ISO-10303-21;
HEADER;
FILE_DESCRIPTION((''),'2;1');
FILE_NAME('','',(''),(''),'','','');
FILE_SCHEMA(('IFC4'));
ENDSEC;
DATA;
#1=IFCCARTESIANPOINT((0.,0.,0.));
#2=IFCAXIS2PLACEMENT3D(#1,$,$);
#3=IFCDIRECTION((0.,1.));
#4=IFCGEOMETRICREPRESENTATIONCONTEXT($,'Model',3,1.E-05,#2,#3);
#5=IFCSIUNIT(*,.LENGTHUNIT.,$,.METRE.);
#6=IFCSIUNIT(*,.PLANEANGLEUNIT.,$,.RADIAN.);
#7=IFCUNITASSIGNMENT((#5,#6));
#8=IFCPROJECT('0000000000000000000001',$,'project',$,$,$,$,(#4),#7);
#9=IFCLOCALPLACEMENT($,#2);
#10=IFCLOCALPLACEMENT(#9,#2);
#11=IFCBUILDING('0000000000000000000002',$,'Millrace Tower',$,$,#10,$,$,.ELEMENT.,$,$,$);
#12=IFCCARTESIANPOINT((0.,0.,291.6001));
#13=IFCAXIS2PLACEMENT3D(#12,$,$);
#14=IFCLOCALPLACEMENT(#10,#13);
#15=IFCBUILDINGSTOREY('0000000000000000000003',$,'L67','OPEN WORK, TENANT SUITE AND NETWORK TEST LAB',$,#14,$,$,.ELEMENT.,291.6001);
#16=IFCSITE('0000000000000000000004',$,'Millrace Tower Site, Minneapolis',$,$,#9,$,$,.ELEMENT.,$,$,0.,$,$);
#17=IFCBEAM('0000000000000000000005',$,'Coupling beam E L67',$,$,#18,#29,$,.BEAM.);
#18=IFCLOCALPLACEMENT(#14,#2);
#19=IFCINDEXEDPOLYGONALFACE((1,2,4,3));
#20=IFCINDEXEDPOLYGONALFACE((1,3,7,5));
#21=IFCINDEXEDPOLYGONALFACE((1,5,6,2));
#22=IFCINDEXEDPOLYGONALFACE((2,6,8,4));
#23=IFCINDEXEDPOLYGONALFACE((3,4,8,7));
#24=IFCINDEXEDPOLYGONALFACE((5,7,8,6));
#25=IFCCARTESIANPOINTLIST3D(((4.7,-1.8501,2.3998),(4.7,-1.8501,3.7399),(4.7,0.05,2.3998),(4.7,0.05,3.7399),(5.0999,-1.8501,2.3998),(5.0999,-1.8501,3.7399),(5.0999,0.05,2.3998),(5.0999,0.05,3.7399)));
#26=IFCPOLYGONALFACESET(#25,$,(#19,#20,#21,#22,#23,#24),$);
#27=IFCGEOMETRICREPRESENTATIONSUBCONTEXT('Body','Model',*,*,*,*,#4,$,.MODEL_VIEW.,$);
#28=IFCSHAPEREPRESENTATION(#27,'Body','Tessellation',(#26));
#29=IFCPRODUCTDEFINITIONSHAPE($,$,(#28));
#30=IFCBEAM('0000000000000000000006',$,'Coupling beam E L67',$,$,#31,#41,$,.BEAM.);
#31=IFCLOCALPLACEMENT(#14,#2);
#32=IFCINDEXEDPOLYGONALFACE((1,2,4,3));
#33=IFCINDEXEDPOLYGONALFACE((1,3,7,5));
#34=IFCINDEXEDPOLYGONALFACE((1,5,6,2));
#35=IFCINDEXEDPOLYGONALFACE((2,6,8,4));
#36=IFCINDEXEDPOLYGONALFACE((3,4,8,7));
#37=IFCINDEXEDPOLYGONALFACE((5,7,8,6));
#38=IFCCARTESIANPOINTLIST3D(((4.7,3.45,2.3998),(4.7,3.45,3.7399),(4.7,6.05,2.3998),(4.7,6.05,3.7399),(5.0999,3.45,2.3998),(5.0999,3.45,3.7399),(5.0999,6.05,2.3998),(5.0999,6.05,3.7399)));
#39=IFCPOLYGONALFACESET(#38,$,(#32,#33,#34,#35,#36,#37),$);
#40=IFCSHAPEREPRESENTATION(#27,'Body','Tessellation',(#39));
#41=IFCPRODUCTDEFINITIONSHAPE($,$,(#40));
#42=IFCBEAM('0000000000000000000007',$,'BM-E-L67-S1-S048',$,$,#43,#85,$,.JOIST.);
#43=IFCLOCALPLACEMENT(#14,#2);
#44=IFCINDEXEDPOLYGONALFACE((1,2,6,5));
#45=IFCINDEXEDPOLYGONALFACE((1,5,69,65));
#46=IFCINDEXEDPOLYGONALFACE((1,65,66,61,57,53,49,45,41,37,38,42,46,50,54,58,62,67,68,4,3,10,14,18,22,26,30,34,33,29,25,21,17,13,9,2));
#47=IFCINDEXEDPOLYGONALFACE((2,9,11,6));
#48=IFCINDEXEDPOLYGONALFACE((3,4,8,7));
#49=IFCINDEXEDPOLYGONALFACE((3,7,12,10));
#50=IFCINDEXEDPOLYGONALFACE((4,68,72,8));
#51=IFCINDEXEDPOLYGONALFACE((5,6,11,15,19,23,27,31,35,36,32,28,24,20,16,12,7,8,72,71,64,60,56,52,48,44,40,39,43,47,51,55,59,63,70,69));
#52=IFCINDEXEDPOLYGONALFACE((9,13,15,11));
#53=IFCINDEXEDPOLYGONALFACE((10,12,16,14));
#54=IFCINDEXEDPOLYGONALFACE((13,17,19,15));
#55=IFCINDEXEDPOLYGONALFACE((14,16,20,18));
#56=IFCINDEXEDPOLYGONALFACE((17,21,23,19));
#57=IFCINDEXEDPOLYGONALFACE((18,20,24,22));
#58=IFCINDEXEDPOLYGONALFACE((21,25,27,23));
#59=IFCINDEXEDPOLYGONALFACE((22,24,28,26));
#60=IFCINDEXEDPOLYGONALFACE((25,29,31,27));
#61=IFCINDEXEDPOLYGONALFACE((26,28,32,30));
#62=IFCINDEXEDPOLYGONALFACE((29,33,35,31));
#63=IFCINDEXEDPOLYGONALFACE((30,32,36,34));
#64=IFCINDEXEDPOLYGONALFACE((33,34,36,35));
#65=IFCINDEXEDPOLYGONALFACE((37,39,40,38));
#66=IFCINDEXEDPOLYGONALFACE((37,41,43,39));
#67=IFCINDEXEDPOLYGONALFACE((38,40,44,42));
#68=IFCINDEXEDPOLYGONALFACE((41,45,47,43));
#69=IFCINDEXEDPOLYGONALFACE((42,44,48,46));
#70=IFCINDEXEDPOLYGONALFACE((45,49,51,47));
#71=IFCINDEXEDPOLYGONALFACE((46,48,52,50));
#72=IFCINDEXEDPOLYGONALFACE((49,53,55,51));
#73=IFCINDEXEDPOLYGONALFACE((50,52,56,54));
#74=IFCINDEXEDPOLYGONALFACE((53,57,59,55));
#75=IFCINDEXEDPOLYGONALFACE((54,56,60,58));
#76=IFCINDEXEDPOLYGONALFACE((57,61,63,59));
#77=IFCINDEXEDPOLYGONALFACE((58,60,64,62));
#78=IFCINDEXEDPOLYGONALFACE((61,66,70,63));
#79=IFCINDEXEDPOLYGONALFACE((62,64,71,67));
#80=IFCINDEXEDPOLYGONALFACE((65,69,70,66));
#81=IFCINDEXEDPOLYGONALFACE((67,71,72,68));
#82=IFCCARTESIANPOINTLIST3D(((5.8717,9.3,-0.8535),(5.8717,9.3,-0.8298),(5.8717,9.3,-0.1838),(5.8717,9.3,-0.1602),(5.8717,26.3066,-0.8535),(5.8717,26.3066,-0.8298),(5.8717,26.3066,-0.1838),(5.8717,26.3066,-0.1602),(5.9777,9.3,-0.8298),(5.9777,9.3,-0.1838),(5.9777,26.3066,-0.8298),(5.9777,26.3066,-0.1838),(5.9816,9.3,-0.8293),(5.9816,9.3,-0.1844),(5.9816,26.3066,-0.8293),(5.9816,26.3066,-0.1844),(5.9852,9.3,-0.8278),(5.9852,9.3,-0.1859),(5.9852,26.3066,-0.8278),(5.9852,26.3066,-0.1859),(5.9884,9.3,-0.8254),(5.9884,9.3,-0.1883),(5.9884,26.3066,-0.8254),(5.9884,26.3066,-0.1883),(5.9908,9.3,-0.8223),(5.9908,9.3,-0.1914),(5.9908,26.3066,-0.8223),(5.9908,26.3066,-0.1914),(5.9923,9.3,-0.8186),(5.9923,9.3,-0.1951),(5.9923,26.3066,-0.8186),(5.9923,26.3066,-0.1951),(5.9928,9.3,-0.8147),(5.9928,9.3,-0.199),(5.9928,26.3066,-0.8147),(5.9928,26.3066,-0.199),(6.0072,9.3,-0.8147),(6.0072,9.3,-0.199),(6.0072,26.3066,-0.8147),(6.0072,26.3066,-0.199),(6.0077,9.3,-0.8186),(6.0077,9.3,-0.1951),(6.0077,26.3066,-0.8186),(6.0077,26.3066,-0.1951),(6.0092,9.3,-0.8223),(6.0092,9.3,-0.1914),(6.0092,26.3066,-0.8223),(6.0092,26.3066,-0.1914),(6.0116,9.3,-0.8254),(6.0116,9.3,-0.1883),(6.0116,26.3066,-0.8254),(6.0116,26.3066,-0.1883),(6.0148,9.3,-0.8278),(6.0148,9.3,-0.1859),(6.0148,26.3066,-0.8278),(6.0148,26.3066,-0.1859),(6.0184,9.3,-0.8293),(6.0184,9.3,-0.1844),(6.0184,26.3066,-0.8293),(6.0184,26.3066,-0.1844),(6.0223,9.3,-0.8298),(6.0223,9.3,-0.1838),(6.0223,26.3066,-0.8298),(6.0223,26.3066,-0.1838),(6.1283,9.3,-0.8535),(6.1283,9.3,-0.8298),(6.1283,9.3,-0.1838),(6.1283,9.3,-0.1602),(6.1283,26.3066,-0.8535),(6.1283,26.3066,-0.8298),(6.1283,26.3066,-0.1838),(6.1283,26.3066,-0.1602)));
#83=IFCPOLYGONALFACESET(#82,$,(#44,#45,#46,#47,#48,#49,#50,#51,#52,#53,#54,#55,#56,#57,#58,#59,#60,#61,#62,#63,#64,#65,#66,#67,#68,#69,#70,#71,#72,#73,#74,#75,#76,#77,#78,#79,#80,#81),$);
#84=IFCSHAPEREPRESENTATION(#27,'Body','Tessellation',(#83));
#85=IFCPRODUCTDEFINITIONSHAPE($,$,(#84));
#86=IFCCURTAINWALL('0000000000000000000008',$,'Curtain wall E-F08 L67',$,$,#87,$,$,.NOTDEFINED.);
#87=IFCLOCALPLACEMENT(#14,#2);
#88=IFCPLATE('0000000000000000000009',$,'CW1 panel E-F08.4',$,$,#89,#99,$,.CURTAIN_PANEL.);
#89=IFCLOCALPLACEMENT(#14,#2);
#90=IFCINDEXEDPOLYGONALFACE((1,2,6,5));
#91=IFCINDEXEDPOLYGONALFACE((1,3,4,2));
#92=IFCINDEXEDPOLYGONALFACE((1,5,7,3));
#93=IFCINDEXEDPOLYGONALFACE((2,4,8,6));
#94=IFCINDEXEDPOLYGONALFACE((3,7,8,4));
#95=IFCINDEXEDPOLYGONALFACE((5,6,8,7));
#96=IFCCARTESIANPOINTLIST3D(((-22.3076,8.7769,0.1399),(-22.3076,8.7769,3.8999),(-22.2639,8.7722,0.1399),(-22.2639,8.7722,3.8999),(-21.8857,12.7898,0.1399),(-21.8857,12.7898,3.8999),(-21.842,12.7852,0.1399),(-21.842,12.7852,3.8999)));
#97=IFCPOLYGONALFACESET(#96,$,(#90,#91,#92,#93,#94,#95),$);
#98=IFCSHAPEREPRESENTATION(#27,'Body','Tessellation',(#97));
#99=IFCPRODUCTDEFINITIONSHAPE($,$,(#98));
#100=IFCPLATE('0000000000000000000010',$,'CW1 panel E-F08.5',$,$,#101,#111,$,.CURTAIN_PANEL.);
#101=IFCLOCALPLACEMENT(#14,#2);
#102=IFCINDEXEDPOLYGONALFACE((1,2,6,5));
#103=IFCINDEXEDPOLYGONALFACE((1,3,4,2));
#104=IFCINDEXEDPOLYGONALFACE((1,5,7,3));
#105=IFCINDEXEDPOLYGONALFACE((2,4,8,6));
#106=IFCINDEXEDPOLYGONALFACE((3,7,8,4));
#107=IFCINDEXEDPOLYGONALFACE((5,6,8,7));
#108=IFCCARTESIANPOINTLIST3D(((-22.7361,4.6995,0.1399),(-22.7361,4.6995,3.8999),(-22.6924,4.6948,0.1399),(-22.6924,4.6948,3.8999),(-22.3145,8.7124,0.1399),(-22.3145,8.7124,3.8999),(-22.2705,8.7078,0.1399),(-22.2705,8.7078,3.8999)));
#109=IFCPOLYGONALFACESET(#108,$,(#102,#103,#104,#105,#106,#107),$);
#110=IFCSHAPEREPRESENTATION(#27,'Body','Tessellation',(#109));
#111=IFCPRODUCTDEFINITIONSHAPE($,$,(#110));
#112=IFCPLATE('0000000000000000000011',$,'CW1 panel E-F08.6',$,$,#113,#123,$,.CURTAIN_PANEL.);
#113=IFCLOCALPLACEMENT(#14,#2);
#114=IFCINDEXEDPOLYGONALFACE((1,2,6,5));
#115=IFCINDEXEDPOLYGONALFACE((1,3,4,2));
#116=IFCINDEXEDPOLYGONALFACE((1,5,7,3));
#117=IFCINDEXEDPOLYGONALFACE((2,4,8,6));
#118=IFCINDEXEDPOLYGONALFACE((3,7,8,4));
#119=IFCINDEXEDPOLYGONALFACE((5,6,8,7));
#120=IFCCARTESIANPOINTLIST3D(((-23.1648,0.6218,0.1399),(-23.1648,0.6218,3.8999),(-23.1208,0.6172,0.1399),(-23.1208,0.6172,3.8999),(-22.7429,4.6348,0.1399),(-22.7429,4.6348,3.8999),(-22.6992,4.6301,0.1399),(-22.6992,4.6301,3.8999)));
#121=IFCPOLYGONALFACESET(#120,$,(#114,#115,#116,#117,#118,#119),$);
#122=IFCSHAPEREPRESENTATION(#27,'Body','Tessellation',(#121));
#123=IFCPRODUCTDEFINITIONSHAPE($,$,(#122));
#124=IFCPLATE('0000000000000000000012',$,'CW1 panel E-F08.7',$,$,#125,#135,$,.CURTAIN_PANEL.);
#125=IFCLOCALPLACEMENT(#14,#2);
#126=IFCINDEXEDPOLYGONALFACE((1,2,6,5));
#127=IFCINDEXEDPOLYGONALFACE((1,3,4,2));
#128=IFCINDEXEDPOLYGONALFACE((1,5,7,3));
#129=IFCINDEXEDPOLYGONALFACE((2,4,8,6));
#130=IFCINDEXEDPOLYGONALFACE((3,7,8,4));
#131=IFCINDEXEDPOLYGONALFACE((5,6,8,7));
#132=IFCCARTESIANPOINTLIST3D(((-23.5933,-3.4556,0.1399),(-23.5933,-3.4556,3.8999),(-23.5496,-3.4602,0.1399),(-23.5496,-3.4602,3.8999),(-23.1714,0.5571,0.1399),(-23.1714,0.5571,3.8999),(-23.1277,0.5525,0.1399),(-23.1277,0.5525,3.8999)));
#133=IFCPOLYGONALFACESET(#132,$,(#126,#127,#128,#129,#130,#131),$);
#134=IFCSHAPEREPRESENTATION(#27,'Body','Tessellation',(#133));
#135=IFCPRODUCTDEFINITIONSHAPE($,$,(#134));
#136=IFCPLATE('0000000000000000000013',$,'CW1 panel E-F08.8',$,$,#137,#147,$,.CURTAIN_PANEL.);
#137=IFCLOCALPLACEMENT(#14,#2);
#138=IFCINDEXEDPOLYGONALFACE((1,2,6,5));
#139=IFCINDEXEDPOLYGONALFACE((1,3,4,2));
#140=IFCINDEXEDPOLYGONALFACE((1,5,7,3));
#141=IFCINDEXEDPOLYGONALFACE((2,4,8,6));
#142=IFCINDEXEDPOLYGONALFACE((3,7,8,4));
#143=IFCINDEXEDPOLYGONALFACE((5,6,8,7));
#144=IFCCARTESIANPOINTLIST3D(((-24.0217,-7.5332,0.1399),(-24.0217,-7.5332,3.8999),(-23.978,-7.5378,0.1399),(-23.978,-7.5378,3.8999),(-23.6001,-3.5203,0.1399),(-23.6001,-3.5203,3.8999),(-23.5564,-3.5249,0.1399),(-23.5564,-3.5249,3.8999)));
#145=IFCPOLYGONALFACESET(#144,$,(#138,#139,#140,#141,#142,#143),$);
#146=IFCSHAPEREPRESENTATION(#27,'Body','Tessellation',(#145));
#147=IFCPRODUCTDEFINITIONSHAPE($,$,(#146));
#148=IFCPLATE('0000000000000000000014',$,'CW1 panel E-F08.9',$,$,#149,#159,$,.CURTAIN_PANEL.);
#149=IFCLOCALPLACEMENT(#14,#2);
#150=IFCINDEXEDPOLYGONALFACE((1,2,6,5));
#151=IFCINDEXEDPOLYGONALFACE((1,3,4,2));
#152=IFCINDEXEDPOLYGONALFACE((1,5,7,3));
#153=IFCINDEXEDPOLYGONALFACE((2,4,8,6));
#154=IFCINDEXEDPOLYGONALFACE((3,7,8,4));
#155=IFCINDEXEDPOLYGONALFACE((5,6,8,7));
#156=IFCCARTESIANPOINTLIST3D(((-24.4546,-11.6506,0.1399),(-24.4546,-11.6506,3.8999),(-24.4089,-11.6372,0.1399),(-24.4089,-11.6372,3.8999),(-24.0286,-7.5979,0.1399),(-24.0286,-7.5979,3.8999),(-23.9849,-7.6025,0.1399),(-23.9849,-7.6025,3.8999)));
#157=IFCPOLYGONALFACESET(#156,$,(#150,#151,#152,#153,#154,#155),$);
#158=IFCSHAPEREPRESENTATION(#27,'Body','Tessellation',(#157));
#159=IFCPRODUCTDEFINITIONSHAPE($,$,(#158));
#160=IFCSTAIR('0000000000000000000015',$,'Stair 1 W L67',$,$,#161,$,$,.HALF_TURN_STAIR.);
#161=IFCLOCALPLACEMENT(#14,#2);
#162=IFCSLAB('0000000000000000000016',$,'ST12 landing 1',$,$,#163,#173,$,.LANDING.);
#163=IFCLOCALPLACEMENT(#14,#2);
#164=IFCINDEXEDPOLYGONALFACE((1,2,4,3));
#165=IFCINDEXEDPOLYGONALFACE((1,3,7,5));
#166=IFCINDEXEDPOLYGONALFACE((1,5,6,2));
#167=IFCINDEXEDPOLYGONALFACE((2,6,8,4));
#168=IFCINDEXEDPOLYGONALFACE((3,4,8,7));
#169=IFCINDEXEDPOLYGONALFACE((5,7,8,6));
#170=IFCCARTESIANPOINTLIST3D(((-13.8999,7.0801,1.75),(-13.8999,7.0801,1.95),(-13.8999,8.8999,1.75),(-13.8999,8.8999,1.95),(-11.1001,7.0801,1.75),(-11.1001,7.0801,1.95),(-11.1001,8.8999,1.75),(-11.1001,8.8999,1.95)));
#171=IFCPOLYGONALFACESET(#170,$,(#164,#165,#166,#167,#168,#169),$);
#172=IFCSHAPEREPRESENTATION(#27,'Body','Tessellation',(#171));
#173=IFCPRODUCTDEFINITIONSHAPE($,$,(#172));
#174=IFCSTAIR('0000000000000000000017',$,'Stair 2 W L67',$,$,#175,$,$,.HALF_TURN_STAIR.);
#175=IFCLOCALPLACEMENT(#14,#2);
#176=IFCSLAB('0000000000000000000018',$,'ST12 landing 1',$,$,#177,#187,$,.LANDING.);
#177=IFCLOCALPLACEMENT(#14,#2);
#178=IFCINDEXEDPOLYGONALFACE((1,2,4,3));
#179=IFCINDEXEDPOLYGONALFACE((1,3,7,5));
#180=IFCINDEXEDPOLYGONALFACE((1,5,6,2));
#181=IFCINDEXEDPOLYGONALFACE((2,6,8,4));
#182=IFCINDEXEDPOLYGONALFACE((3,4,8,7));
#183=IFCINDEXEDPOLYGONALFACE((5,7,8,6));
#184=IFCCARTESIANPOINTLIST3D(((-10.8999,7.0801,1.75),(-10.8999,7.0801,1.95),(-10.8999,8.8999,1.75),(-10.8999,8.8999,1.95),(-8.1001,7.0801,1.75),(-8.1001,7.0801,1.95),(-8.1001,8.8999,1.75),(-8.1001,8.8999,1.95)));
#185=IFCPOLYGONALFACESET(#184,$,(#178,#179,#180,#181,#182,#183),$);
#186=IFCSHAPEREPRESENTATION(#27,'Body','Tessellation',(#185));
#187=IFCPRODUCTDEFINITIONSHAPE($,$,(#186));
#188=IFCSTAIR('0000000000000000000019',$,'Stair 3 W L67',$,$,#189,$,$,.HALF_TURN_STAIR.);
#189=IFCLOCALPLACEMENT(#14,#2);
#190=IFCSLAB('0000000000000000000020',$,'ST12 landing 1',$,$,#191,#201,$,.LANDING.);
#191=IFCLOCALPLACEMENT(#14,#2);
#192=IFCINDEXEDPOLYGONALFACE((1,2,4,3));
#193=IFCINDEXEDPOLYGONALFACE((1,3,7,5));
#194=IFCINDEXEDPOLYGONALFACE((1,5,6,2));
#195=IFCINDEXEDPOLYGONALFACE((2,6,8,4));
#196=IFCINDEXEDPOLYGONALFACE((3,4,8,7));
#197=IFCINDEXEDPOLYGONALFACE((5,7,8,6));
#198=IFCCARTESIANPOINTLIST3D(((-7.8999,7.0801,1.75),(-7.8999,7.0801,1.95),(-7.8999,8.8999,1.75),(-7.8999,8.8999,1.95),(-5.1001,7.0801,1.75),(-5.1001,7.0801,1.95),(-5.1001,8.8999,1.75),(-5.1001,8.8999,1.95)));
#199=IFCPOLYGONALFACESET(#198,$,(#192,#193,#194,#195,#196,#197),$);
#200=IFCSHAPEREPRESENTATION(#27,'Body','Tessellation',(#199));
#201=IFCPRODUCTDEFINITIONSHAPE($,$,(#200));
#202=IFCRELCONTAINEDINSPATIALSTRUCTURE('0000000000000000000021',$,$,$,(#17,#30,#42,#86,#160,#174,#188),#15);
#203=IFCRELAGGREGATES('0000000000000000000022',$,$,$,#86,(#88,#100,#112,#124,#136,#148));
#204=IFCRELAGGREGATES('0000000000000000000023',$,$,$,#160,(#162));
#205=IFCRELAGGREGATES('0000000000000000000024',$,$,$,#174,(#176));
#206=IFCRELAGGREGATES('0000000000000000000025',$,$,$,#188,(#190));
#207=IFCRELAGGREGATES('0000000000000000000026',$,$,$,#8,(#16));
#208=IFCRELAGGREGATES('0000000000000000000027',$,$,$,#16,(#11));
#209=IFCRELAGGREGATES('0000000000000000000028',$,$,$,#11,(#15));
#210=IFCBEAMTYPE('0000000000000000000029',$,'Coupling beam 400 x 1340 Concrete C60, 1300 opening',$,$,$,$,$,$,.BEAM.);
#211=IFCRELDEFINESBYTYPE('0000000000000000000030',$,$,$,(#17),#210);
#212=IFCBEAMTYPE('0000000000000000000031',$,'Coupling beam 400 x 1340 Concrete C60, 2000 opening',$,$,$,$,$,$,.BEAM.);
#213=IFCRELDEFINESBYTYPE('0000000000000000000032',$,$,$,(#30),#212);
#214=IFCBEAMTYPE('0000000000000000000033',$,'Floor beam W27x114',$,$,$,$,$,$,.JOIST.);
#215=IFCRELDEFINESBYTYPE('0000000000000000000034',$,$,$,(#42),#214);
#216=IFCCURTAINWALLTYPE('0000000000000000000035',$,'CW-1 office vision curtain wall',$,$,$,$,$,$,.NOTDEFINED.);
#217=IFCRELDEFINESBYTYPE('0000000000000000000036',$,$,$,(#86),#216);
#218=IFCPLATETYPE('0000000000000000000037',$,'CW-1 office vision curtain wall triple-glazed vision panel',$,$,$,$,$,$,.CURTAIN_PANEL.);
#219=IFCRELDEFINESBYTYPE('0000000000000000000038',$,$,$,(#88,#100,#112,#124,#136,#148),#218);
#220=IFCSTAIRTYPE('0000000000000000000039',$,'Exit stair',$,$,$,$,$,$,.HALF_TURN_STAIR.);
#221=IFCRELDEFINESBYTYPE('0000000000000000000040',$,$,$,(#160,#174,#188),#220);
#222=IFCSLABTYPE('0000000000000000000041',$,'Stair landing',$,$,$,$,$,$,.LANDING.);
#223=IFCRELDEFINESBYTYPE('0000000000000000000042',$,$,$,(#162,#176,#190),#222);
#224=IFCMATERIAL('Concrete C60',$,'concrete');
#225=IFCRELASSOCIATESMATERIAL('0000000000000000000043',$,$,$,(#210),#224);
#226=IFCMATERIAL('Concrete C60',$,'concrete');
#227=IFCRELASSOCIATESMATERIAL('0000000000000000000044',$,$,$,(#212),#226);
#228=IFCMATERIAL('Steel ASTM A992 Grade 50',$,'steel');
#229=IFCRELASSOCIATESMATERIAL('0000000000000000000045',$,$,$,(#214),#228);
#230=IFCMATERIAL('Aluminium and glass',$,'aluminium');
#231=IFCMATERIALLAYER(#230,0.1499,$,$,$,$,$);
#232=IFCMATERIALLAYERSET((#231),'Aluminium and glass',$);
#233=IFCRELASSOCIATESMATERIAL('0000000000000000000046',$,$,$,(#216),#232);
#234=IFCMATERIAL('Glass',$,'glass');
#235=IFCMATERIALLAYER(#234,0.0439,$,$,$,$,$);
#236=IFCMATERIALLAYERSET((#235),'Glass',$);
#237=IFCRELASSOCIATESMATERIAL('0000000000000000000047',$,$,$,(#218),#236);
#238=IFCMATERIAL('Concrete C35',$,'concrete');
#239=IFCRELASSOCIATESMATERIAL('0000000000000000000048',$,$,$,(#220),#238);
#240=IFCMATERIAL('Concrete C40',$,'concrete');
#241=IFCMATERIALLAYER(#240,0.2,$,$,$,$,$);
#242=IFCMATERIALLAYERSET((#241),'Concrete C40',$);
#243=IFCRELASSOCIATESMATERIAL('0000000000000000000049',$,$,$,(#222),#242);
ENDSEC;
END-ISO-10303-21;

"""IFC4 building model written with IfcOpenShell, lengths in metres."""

from ifc_helpers import new_model, si_unit, direction, frame, origin, origin_2d, place, context, subcontext, project, spatial, polyline, rectangle, i_section, outline, extrude, material, layer, layer_set, material_profile, profile_set, type_object, element, aggregate, save


model = new_model("IFC4")

# Units and contexts
model_context = context("Model", 3, precision=1e-05, world=origin(), true_north=direction((0.0, 1.0)))
body_context = subcontext(model_context, "Body", "Model", "MODEL_VIEW")
ifc_project = project(units=[si_unit("LENGTHUNIT", "METRE"), si_unit("PLANEANGLEUNIT", "RADIAN")], contexts=[model_context])

# Site, building, storey
site_placement = place(None, origin())
site = spatial("IfcSite", under=ifc_project, at=site_placement, Name="Millrace Tower Site, Minneapolis", CompositionType="ELEMENT", RefElevation=0.0)
building_placement = place(site_placement, origin())
building = spatial("IfcBuilding", under=site, at=building_placement, Name="Millrace Tower", CompositionType="ELEMENT")
storey_placement = place(building_placement, frame((0.0, 0.0, 291.6001)))
storey = spatial("IfcBuildingStorey", under=building, at=storey_placement, Name="L67", Description="OPEN WORK, TENANT SUITE AND NETWORK TEST LAB", CompositionType="ELEMENT", Elevation=291.6001)

# Beams
ifc_material_1 = material(Name="Concrete C60", Category="concrete")
ifc_material_profile_1 = material_profile(ifc_material_1, rectangle(XDim=0.3999, YDim=1.3401, at=origin_2d()))
ifc_profile_set_1 = profile_set([ifc_material_profile_1], Name="Concrete C60")
beam_type_1 = type_object("IfcBeamType", Name="Coupling beam 400 x 1340 Concrete C60, 1300 opening", PredefinedType="BEAM", material=ifc_profile_set_1)
beam_1_placement = place(storey_placement, frame((4.8999, 0.05, 3.0698), z_axis=(0.0, -1.0, 0.0), x_axis=(1.0, 0.0, 0.0)))
element("IfcBeam", 1, at=beam_1_placement, inside=storey, type_object=beam_type_1, Name="Coupling beam E L67", PredefinedType="BEAM", context=body_context, shape_type="SweptSolid", body=[
    extrude(rectangle(XDim=0.3999, YDim=1.3401, at=origin_2d()), origin(), (0.0, 0.0, 1.0), 1.9001),
])
ifc_material_2 = material(Name="Concrete C60", Category="concrete")
ifc_material_profile_2 = material_profile(ifc_material_2, rectangle(XDim=0.3999, YDim=1.3401, at=origin_2d()))
ifc_profile_set_2 = profile_set([ifc_material_profile_2], Name="Concrete C60")
beam_type_2 = type_object("IfcBeamType", Name="Coupling beam 400 x 1340 Concrete C60, 2000 opening", PredefinedType="BEAM", material=ifc_profile_set_2)
beam_2_placement = place(storey_placement, frame((4.8999, 6.05, 3.0698), z_axis=(0.0, -1.0, 0.0), x_axis=(1.0, 0.0, 0.0)))
element("IfcBeam", 2, at=beam_2_placement, inside=storey, type_object=beam_type_2, Name="Coupling beam E L67", PredefinedType="BEAM", context=body_context, shape_type="SweptSolid", body=[
    extrude(rectangle(XDim=0.3999, YDim=1.3401, at=origin_2d()), origin(), (0.0, 0.0, 1.0), 2.6001),
])
ifc_material_3 = material(Name="Steel ASTM A992 Grade 50", Category="steel")
ifc_material_profile_3 = material_profile(ifc_material_3, i_section(OverallWidth=0.2566, OverallDepth=0.6934, WebThickness=0.0144, FlangeThickness=0.0237, FilletRadius=0.0151, at=origin_2d()))
ifc_profile_set_3 = profile_set([ifc_material_profile_3], Name="Steel ASTM A992 Grade 50")
beam_type_3 = type_object("IfcBeamType", Name="Floor beam W27x114", PredefinedType="JOIST", material=ifc_profile_set_3)
beam_3_placement = place(storey_placement, frame((6.0, 9.3, -0.5068), z_axis=(0.0, 1.0, 0.0), x_axis=(-1.0, 0.0, 0.0)))
element("IfcBeam", 3, at=beam_3_placement, inside=storey, type_object=beam_type_3, Name="BM-E-L67-S1-S048", PredefinedType="JOIST", context=body_context, shape_type="SweptSolid", body=[
    extrude(i_section(OverallWidth=0.2566, OverallDepth=0.6934, WebThickness=0.0144, FlangeThickness=0.0237, FilletRadius=0.0151, at=origin_2d()), origin(), (0.0, 0.0, 1.0), 17.0066),
])

# Curtain wall, plates
ifc_material_4 = material(Name="Aluminium and glass", Category="aluminium")
ifc_layer_1 = layer(ifc_material_4, 0.1499)
ifc_layer_set_1 = layer_set([ifc_layer_1], Name="Aluminium and glass")
curtain_wall_type = type_object("IfcCurtainWallType", Name="CW-1 office vision curtain wall", PredefinedType="NOTDEFINED", material=ifc_layer_set_1)
placement_1 = place(storey_placement, origin())
curtain_wall = element("IfcCurtainWall", 4, at=placement_1, inside=storey, type_object=curtain_wall_type, Name="Curtain wall E-F08 L67", PredefinedType="NOTDEFINED")
ifc_material_5 = material(Name="Glass", Category="glass")
ifc_layer_2 = layer(ifc_material_5, 0.0439)
ifc_layer_set_2 = layer_set([ifc_layer_2], Name="Glass")
plate_type = type_object("IfcPlateType", Name="CW-1 office vision curtain wall triple-glazed vision panel", PredefinedType="CURTAIN_PANEL", material=ifc_layer_set_2)
placement_2 = place(storey_placement, frame((0.0, 0.0, 0.1399)))
plate_1 = element("IfcPlate", 5, at=placement_2, type_object=plate_type, Name="CW1 panel E-F08.4", PredefinedType="CURTAIN_PANEL", context=body_context, shape_type="SweptSolid", body=[
    extrude(outline(polyline([(-21.8857, 12.7898), (-22.3076, 8.7769), (-22.2639, 8.7722), (-21.842, 12.7852), (-21.8857, 12.7898)])), origin(), (0.0, 0.0, 1.0), 3.76),
])
plate_2 = element("IfcPlate", 6, at=placement_2, type_object=plate_type, Name="CW1 panel E-F08.5", PredefinedType="CURTAIN_PANEL", context=body_context, shape_type="SweptSolid", body=[
    extrude(outline(polyline([(-22.3145, 8.7124), (-22.7361, 4.6995), (-22.6924, 4.6948), (-22.2705, 8.7078), (-22.3145, 8.7124)])), origin(), (0.0, 0.0, 1.0), 3.76),
])
plate_3 = element("IfcPlate", 7, at=placement_2, type_object=plate_type, Name="CW1 panel E-F08.6", PredefinedType="CURTAIN_PANEL", context=body_context, shape_type="SweptSolid", body=[
    extrude(outline(polyline([(-22.7429, 4.6348), (-23.1648, 0.6218), (-23.1208, 0.6172), (-22.6992, 4.6301), (-22.7429, 4.6348)])), origin(), (0.0, 0.0, 1.0), 3.76),
])
plate_4 = element("IfcPlate", 8, at=placement_2, type_object=plate_type, Name="CW1 panel E-F08.7", PredefinedType="CURTAIN_PANEL", context=body_context, shape_type="SweptSolid", body=[
    extrude(outline(polyline([(-23.1714, 0.5571), (-23.5933, -3.4556), (-23.5496, -3.4602), (-23.1277, 0.5525), (-23.1714, 0.5571)])), origin(), (0.0, 0.0, 1.0), 3.76),
])
plate_5 = element("IfcPlate", 9, at=placement_2, type_object=plate_type, Name="CW1 panel E-F08.8", PredefinedType="CURTAIN_PANEL", context=body_context, shape_type="SweptSolid", body=[
    extrude(outline(polyline([(-23.6001, -3.5203), (-24.0217, -7.5332), (-23.978, -7.5378), (-23.5564, -3.5249), (-23.6001, -3.5203)])), origin(), (0.0, 0.0, 1.0), 3.76),
])
plate_6 = element("IfcPlate", 10, at=placement_2, type_object=plate_type, Name="CW1 panel E-F08.9", PredefinedType="CURTAIN_PANEL", context=body_context, shape_type="SweptSolid", body=[
    extrude(outline(polyline([(-24.0286, -7.5979), (-24.4546, -11.6506), (-24.4089, -11.6372), (-23.9849, -7.6025), (-24.0286, -7.5979)])), origin(), (0.0, 0.0, 1.0), 3.76),
])
aggregate(curtain_wall, [plate_1, plate_2, plate_3, plate_4, plate_5, plate_6])

# Stairs, slabs
ifc_material_6 = material(Name="Concrete C35", Category="concrete")
stair_type = type_object("IfcStairType", Name="Exit stair", PredefinedType="HALF_TURN_STAIR", material=ifc_material_6)
stair_1 = element("IfcStair", 11, at=placement_1, inside=storey, type_object=stair_type, Name="Stair 1 W L67", PredefinedType="HALF_TURN_STAIR")
ifc_material_7 = material(Name="Concrete C40", Category="concrete")
ifc_layer_3 = layer(ifc_material_7, 0.2)
ifc_layer_set_3 = layer_set([ifc_layer_3], Name="Concrete C40")
slab_type = type_object("IfcSlabType", Name="Stair landing", PredefinedType="LANDING", material=ifc_layer_set_3)
placement_3 = place(storey_placement, frame((0.0, 0.0, 1.75)))
slab_1 = element("IfcSlab", 12, at=placement_3, type_object=slab_type, Name="ST12 landing 1", PredefinedType="LANDING", context=body_context, shape_type="SweptSolid", body=[
    extrude(outline(polyline([(-13.8999, 7.0801), (-11.1001, 7.0801), (-11.1001, 8.8999), (-13.8999, 8.8999), (-13.8999, 7.0801)])), origin(), (0.0, 0.0, 1.0), 0.2),
])
aggregate(stair_1, [slab_1])
stair_2 = element("IfcStair", 13, at=placement_1, inside=storey, type_object=stair_type, Name="Stair 2 W L67", PredefinedType="HALF_TURN_STAIR")
slab_2 = element("IfcSlab", 14, at=placement_3, type_object=slab_type, Name="ST12 landing 1", PredefinedType="LANDING", context=body_context, shape_type="SweptSolid", body=[
    extrude(outline(polyline([(-10.8999, 7.0801), (-8.1001, 7.0801), (-8.1001, 8.8999), (-10.8999, 8.8999), (-10.8999, 7.0801)])), origin(), (0.0, 0.0, 1.0), 0.2),
])
aggregate(stair_2, [slab_2])
stair_3 = element("IfcStair", 15, at=placement_1, inside=storey, type_object=stair_type, Name="Stair 3 W L67", PredefinedType="HALF_TURN_STAIR")
slab_3 = element("IfcSlab", 16, at=placement_3, type_object=slab_type, Name="ST12 landing 1", PredefinedType="LANDING", context=body_context, shape_type="SweptSolid", body=[
    extrude(outline(polyline([(-7.8999, 7.0801), (-5.1001, 7.0801), (-5.1001, 8.8999), (-7.8999, 8.8999), (-7.8999, 7.0801)])), origin(), (0.0, 0.0, 1.0), 0.2),
])
aggregate(stair_3, [slab_3])

save(model, "model.ifc")
